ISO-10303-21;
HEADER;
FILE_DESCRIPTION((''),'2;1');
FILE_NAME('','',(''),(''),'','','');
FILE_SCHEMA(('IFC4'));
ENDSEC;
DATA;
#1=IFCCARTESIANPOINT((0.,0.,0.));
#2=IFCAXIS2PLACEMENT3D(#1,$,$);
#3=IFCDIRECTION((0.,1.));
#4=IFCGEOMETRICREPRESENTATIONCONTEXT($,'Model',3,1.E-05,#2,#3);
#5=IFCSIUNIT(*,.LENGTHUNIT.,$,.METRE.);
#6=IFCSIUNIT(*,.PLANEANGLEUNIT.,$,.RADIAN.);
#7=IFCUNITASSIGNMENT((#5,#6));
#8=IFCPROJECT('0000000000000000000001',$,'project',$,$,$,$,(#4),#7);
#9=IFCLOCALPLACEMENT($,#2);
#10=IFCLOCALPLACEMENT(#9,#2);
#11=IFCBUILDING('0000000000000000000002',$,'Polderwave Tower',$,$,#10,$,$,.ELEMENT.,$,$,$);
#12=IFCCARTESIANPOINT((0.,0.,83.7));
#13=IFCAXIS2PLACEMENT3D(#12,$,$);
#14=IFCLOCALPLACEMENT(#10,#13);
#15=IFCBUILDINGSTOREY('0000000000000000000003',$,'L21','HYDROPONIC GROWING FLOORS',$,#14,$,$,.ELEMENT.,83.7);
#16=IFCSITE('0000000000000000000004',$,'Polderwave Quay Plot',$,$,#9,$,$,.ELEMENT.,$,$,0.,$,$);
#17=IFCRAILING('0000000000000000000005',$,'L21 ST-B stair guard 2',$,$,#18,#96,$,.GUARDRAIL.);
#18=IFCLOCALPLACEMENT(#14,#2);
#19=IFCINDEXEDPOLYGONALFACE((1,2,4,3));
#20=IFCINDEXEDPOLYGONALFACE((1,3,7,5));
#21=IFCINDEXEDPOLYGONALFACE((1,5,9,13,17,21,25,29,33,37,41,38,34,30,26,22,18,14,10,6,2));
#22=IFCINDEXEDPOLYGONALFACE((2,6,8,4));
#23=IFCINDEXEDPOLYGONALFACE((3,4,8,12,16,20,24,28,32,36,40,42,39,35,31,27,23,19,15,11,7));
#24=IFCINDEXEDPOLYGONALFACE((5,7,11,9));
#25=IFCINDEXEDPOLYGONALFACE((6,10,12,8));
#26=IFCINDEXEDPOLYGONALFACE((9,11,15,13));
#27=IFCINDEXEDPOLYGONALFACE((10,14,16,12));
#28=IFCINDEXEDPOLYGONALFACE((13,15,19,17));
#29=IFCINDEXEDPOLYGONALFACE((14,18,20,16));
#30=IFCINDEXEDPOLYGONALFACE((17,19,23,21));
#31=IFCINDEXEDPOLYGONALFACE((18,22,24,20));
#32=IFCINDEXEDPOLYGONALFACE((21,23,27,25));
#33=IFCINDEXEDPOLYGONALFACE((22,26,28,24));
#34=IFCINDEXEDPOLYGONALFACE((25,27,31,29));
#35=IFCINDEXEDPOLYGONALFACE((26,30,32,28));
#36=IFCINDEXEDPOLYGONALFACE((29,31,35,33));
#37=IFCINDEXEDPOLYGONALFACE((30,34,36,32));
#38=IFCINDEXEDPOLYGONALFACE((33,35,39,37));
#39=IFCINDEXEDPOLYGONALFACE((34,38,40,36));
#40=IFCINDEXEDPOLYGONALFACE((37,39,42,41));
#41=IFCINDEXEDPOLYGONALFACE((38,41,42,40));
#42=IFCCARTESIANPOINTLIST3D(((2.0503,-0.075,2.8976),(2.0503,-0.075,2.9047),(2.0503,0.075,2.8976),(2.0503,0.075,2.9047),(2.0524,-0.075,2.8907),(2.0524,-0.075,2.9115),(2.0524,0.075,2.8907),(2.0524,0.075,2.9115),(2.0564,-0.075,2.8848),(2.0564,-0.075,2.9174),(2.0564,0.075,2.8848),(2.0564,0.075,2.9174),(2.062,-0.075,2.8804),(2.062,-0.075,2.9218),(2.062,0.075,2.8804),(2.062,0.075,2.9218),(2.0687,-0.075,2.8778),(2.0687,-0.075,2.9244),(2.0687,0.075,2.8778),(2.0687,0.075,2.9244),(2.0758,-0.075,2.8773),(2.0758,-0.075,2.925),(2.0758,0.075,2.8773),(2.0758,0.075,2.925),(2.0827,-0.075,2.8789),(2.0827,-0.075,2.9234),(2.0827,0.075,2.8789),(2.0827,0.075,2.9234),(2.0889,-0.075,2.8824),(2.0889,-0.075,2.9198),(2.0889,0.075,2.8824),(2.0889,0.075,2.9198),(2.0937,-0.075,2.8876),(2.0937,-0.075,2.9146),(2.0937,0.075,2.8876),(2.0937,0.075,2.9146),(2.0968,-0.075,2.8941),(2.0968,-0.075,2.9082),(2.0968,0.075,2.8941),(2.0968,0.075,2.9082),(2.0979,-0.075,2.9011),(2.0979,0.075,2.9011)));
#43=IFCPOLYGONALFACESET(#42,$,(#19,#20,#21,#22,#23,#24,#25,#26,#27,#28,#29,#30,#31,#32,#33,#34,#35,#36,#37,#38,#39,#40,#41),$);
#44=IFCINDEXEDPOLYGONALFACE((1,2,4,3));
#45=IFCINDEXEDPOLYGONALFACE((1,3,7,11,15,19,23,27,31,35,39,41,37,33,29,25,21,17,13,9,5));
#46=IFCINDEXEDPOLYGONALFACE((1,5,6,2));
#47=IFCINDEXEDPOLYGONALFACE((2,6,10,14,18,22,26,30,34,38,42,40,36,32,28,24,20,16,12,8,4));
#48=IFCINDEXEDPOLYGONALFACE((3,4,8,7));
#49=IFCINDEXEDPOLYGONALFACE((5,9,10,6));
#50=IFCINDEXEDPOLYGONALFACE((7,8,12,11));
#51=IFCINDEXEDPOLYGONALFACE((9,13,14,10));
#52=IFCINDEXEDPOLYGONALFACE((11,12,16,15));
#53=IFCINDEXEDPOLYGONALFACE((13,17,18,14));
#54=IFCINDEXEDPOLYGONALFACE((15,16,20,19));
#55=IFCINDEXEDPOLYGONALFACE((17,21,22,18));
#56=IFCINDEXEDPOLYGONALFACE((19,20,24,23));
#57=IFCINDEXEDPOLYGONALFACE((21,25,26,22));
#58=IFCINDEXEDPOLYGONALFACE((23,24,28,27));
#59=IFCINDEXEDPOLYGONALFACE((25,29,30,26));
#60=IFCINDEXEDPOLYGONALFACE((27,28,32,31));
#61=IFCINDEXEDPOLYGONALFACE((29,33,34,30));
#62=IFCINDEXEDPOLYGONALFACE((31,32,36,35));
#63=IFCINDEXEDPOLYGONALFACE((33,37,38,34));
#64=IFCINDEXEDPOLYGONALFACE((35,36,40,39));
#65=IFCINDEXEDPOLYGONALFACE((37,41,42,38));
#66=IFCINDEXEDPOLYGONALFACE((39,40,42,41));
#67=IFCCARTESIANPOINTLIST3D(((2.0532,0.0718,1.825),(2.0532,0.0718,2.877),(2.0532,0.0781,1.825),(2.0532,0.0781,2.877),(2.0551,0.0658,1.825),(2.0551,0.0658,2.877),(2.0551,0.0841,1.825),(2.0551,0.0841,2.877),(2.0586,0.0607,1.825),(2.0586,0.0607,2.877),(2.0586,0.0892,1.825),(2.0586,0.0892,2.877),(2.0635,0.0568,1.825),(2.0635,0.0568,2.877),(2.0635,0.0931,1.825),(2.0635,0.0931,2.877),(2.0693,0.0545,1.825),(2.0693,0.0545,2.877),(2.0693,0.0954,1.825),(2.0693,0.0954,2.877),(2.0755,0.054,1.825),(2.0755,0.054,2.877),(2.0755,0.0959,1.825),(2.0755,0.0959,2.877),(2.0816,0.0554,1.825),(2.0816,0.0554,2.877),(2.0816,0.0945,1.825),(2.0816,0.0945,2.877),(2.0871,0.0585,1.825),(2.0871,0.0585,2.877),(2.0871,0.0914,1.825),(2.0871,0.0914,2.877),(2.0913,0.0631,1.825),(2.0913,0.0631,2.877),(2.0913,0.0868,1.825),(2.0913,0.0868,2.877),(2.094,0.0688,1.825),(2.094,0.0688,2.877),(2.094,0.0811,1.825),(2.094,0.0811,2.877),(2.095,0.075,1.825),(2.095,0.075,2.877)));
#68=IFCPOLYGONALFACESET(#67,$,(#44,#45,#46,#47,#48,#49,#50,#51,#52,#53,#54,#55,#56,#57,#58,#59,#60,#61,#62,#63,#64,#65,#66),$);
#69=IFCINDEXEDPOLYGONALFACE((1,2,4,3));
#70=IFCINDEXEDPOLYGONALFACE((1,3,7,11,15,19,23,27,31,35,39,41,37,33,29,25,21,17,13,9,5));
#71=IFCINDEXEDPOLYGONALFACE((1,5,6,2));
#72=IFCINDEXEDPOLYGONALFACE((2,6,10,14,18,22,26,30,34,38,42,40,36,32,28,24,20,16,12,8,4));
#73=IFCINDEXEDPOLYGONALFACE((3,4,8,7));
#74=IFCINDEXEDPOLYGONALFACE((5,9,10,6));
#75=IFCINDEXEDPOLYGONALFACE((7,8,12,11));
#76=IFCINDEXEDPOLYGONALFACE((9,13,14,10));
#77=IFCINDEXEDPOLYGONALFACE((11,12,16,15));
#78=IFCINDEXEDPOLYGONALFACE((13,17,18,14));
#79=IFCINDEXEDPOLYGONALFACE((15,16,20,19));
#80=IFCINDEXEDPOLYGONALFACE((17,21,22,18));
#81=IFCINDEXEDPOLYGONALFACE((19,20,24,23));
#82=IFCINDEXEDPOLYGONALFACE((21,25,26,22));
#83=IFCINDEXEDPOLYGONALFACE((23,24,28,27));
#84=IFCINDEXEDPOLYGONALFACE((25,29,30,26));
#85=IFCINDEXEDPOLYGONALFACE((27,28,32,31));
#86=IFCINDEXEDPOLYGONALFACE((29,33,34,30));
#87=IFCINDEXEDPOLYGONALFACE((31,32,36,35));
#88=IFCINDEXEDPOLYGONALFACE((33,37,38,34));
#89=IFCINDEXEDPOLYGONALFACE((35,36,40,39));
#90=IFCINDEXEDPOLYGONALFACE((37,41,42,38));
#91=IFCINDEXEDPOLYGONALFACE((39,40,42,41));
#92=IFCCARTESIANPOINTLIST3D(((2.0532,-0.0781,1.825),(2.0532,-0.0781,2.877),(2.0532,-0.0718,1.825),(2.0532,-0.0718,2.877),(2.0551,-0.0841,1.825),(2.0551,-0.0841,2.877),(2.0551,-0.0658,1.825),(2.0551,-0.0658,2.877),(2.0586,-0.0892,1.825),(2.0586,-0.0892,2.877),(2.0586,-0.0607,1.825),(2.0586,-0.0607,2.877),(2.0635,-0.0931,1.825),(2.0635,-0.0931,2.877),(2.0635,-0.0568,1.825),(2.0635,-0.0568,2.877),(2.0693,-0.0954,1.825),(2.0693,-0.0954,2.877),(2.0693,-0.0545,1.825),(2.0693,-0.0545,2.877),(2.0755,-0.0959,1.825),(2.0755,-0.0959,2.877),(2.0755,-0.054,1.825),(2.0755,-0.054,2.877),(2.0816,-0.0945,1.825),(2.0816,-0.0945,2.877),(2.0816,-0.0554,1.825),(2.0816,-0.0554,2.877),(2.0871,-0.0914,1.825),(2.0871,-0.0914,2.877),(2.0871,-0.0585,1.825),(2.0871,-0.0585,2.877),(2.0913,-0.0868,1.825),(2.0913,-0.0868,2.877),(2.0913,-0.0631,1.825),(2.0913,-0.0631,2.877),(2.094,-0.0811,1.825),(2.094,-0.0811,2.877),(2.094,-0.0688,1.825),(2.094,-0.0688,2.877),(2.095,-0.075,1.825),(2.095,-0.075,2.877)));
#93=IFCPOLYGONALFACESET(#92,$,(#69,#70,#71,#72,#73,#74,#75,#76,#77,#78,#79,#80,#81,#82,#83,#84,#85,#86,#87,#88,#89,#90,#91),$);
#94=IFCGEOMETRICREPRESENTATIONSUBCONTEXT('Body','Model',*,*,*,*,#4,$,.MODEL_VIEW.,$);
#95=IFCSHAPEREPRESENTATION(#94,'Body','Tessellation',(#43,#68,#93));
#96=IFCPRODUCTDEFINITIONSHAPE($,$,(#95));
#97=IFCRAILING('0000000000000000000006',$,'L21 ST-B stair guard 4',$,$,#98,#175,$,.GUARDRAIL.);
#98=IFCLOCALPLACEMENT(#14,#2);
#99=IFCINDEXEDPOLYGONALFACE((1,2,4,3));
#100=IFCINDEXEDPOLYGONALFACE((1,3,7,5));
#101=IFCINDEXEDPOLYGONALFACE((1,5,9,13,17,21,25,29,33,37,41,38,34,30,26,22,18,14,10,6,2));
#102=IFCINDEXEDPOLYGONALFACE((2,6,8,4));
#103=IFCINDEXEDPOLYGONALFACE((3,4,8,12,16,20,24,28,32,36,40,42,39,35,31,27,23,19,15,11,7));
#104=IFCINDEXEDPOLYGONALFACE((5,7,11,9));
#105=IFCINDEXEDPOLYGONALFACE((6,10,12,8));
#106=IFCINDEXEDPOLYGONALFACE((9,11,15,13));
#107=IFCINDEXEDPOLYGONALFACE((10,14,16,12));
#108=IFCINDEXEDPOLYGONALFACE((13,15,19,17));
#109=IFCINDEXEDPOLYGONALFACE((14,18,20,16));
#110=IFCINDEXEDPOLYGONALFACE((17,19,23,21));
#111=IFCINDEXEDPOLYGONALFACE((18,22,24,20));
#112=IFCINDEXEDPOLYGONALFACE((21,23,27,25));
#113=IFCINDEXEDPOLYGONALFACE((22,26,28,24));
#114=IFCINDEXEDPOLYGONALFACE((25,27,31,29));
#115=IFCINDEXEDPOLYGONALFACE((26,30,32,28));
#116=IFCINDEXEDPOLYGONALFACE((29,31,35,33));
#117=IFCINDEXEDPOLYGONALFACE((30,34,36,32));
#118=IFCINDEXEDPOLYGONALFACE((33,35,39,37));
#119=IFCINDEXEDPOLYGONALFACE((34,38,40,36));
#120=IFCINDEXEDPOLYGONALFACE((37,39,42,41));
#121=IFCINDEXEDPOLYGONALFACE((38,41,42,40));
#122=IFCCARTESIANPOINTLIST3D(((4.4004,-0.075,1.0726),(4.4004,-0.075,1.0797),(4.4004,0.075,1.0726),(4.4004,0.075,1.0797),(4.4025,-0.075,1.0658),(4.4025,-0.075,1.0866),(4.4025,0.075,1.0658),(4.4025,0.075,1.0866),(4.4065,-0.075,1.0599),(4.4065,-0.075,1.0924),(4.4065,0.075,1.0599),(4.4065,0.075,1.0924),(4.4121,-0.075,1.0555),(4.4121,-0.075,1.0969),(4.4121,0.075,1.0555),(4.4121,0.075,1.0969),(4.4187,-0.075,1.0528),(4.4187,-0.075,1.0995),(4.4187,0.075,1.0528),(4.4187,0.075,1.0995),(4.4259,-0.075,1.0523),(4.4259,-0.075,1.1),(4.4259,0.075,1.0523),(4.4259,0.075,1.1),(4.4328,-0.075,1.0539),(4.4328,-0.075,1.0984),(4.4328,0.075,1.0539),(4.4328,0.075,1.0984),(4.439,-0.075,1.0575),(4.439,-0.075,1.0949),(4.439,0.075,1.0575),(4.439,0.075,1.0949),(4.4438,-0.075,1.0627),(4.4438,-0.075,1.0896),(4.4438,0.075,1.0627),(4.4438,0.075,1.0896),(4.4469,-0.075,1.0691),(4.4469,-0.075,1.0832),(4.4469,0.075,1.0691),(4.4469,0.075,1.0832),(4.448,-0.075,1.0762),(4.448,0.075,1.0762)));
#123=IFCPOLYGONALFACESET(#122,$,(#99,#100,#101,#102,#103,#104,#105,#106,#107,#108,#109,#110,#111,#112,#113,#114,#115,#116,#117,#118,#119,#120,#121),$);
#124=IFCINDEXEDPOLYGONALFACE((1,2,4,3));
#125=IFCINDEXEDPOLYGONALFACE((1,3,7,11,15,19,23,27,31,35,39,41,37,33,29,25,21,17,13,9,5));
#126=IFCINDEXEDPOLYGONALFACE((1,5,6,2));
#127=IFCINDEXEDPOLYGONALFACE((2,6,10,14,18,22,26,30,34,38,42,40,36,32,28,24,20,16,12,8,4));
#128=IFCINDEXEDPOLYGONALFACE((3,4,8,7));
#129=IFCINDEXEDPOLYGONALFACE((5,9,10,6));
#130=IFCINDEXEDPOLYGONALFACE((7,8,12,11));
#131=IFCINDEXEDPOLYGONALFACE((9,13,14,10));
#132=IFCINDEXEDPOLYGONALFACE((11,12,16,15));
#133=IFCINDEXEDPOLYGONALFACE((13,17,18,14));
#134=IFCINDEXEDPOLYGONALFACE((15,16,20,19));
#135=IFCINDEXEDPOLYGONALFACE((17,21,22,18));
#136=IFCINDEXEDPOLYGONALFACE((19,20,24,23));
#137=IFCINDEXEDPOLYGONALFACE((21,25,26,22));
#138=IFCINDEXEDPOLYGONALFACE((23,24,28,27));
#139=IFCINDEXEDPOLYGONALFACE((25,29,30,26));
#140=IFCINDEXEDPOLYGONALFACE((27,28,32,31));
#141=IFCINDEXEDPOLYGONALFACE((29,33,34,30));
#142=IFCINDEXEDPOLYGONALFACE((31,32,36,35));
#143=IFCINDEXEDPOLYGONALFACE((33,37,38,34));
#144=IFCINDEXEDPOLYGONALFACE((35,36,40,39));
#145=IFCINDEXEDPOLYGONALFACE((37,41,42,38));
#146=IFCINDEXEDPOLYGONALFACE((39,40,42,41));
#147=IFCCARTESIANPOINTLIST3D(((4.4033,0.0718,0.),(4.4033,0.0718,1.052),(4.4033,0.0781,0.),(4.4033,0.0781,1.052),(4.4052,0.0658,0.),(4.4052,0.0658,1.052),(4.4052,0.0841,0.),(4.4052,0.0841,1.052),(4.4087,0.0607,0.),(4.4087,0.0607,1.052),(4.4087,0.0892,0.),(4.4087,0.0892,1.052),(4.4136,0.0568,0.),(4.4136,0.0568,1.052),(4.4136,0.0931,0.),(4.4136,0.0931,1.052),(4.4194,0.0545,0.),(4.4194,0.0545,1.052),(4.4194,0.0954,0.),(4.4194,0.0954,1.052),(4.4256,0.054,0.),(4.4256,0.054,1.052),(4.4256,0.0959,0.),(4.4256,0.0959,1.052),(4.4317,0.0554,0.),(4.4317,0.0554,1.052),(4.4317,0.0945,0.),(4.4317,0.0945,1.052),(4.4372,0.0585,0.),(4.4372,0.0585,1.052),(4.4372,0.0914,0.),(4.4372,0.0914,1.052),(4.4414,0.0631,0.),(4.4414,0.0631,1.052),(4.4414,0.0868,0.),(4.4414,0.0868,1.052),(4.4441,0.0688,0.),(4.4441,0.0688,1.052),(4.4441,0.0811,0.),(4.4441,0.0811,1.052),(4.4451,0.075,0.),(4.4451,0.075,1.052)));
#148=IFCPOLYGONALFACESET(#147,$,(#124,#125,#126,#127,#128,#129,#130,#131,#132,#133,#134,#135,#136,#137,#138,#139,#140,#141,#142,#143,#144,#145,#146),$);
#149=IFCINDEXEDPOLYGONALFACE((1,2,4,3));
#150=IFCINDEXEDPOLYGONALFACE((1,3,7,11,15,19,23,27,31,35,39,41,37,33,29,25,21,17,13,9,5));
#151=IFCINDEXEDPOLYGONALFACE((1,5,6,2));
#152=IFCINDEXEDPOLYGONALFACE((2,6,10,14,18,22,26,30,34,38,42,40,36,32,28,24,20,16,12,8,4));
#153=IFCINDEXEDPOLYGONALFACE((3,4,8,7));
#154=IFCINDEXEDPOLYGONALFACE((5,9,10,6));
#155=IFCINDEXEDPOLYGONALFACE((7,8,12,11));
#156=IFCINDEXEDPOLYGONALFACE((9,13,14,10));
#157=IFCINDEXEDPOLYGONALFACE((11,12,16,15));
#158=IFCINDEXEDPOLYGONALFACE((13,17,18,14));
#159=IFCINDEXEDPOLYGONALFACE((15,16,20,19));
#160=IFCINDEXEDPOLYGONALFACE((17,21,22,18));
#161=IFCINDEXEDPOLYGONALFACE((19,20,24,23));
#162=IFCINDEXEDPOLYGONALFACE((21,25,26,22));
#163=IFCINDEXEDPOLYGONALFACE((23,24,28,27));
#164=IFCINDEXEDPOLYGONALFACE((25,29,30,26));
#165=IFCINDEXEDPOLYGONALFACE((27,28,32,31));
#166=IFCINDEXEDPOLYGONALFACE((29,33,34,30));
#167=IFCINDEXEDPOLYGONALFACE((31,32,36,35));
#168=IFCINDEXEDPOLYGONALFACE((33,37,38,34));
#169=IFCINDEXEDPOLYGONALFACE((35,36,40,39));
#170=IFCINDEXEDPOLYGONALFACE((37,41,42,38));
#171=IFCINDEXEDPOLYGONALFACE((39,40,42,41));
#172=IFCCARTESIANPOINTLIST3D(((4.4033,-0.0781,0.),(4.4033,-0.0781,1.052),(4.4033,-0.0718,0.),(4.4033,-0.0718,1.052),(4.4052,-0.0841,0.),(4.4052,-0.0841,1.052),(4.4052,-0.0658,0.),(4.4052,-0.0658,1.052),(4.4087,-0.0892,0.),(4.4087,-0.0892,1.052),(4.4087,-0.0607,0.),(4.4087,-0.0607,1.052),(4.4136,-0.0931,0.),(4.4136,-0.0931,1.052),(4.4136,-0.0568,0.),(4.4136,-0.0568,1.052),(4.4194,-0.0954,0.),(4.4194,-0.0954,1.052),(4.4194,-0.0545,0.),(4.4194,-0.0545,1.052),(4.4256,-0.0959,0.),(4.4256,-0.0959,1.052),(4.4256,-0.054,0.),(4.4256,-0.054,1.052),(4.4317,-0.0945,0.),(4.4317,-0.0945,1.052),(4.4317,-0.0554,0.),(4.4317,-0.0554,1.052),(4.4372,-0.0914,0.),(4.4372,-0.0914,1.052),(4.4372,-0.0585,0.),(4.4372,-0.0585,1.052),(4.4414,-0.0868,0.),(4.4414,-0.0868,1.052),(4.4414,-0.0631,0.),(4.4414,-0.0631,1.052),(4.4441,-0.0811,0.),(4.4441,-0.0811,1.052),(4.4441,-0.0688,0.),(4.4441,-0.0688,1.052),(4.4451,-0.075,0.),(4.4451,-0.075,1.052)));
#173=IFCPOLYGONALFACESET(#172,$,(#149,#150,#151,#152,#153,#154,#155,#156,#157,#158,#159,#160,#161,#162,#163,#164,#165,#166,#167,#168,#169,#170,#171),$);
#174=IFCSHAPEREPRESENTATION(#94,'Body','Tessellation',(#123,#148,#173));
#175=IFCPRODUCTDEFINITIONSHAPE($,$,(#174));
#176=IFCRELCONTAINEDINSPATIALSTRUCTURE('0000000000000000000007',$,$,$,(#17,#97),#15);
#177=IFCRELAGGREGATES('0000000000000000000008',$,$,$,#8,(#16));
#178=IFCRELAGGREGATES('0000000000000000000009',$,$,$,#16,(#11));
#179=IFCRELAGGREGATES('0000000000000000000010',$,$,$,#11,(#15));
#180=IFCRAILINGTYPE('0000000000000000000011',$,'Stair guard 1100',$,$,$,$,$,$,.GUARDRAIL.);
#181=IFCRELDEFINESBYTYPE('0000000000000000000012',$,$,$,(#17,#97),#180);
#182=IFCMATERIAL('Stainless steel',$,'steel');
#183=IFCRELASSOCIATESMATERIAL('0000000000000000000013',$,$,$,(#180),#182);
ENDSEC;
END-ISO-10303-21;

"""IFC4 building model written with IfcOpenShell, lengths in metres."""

from ifc_helpers import new_model, si_unit, direction, frame, origin, origin_2d, place, context, subcontext, project, spatial, circle, extrude, material, type_object, element, save


model = new_model("IFC4")

# Units and contexts
model_context = context("Model", 3, precision=1e-05, world=origin(), true_north=direction((0.0, 1.0)))
body_context = subcontext(model_context, "Body", "Model", "MODEL_VIEW")
ifc_project = project(units=[si_unit("LENGTHUNIT", "METRE"), si_unit("PLANEANGLEUNIT", "RADIAN")], contexts=[model_context])

# Site, building, storey
site_placement = place(None, origin())
site = spatial("IfcSite", under=ifc_project, at=site_placement, Name="Polderwave Quay Plot", CompositionType="ELEMENT", RefElevation=0.0)
building_placement = place(site_placement, origin())
building = spatial("IfcBuilding", under=site, at=building_placement, Name="Polderwave Tower", CompositionType="ELEMENT")
storey_placement = place(building_placement, frame((0.0, 0.0, 83.7)))
storey = spatial("IfcBuildingStorey", under=building, at=storey_placement, Name="L21", Description="HYDROPONIC GROWING FLOORS", CompositionType="ELEMENT", Elevation=83.7)

# Railings
ifc_material_1 = material(Name="Stainless steel", Category="steel")
railing_type_1 = type_object("IfcRailingType", Name="Stair guard 1100", PredefinedType="GUARDRAIL", material=ifc_material_1)
for number, where, name in (
    (1, (2.074, 0.075, 1.825), "L21 ST-B stair guard 2"),
    (2, (4.4241, 0.075, 0.0), "L21 ST-B stair guard 4"),
):
    element("IfcRailing", number, at=place(storey_placement, frame(where)), inside=storey, type_object=railing_type_1, Name=name, PredefinedType="GUARDRAIL", context=body_context, shape_type="SweptSolid", body=[
        extrude(circle(Radius=0.0239, at=origin_2d()), frame((0.0, 0.0, 1.0762), z_axis=(0.0, -1.0, 0.0), x_axis=(1.0, 0.0, 0.0)), (0.0, 0.0, 1.0), 0.1499),
        extrude(circle(Radius=0.021, at=origin_2d()), origin(), (0.0, 0.0, 1.0), 1.052),
        extrude(circle(Radius=0.021, at=origin_2d()), frame((0.0, -0.1499, 0.0)), (0.0, 0.0, 1.0), 1.052),
    ])

save(model, "model.ifc")
